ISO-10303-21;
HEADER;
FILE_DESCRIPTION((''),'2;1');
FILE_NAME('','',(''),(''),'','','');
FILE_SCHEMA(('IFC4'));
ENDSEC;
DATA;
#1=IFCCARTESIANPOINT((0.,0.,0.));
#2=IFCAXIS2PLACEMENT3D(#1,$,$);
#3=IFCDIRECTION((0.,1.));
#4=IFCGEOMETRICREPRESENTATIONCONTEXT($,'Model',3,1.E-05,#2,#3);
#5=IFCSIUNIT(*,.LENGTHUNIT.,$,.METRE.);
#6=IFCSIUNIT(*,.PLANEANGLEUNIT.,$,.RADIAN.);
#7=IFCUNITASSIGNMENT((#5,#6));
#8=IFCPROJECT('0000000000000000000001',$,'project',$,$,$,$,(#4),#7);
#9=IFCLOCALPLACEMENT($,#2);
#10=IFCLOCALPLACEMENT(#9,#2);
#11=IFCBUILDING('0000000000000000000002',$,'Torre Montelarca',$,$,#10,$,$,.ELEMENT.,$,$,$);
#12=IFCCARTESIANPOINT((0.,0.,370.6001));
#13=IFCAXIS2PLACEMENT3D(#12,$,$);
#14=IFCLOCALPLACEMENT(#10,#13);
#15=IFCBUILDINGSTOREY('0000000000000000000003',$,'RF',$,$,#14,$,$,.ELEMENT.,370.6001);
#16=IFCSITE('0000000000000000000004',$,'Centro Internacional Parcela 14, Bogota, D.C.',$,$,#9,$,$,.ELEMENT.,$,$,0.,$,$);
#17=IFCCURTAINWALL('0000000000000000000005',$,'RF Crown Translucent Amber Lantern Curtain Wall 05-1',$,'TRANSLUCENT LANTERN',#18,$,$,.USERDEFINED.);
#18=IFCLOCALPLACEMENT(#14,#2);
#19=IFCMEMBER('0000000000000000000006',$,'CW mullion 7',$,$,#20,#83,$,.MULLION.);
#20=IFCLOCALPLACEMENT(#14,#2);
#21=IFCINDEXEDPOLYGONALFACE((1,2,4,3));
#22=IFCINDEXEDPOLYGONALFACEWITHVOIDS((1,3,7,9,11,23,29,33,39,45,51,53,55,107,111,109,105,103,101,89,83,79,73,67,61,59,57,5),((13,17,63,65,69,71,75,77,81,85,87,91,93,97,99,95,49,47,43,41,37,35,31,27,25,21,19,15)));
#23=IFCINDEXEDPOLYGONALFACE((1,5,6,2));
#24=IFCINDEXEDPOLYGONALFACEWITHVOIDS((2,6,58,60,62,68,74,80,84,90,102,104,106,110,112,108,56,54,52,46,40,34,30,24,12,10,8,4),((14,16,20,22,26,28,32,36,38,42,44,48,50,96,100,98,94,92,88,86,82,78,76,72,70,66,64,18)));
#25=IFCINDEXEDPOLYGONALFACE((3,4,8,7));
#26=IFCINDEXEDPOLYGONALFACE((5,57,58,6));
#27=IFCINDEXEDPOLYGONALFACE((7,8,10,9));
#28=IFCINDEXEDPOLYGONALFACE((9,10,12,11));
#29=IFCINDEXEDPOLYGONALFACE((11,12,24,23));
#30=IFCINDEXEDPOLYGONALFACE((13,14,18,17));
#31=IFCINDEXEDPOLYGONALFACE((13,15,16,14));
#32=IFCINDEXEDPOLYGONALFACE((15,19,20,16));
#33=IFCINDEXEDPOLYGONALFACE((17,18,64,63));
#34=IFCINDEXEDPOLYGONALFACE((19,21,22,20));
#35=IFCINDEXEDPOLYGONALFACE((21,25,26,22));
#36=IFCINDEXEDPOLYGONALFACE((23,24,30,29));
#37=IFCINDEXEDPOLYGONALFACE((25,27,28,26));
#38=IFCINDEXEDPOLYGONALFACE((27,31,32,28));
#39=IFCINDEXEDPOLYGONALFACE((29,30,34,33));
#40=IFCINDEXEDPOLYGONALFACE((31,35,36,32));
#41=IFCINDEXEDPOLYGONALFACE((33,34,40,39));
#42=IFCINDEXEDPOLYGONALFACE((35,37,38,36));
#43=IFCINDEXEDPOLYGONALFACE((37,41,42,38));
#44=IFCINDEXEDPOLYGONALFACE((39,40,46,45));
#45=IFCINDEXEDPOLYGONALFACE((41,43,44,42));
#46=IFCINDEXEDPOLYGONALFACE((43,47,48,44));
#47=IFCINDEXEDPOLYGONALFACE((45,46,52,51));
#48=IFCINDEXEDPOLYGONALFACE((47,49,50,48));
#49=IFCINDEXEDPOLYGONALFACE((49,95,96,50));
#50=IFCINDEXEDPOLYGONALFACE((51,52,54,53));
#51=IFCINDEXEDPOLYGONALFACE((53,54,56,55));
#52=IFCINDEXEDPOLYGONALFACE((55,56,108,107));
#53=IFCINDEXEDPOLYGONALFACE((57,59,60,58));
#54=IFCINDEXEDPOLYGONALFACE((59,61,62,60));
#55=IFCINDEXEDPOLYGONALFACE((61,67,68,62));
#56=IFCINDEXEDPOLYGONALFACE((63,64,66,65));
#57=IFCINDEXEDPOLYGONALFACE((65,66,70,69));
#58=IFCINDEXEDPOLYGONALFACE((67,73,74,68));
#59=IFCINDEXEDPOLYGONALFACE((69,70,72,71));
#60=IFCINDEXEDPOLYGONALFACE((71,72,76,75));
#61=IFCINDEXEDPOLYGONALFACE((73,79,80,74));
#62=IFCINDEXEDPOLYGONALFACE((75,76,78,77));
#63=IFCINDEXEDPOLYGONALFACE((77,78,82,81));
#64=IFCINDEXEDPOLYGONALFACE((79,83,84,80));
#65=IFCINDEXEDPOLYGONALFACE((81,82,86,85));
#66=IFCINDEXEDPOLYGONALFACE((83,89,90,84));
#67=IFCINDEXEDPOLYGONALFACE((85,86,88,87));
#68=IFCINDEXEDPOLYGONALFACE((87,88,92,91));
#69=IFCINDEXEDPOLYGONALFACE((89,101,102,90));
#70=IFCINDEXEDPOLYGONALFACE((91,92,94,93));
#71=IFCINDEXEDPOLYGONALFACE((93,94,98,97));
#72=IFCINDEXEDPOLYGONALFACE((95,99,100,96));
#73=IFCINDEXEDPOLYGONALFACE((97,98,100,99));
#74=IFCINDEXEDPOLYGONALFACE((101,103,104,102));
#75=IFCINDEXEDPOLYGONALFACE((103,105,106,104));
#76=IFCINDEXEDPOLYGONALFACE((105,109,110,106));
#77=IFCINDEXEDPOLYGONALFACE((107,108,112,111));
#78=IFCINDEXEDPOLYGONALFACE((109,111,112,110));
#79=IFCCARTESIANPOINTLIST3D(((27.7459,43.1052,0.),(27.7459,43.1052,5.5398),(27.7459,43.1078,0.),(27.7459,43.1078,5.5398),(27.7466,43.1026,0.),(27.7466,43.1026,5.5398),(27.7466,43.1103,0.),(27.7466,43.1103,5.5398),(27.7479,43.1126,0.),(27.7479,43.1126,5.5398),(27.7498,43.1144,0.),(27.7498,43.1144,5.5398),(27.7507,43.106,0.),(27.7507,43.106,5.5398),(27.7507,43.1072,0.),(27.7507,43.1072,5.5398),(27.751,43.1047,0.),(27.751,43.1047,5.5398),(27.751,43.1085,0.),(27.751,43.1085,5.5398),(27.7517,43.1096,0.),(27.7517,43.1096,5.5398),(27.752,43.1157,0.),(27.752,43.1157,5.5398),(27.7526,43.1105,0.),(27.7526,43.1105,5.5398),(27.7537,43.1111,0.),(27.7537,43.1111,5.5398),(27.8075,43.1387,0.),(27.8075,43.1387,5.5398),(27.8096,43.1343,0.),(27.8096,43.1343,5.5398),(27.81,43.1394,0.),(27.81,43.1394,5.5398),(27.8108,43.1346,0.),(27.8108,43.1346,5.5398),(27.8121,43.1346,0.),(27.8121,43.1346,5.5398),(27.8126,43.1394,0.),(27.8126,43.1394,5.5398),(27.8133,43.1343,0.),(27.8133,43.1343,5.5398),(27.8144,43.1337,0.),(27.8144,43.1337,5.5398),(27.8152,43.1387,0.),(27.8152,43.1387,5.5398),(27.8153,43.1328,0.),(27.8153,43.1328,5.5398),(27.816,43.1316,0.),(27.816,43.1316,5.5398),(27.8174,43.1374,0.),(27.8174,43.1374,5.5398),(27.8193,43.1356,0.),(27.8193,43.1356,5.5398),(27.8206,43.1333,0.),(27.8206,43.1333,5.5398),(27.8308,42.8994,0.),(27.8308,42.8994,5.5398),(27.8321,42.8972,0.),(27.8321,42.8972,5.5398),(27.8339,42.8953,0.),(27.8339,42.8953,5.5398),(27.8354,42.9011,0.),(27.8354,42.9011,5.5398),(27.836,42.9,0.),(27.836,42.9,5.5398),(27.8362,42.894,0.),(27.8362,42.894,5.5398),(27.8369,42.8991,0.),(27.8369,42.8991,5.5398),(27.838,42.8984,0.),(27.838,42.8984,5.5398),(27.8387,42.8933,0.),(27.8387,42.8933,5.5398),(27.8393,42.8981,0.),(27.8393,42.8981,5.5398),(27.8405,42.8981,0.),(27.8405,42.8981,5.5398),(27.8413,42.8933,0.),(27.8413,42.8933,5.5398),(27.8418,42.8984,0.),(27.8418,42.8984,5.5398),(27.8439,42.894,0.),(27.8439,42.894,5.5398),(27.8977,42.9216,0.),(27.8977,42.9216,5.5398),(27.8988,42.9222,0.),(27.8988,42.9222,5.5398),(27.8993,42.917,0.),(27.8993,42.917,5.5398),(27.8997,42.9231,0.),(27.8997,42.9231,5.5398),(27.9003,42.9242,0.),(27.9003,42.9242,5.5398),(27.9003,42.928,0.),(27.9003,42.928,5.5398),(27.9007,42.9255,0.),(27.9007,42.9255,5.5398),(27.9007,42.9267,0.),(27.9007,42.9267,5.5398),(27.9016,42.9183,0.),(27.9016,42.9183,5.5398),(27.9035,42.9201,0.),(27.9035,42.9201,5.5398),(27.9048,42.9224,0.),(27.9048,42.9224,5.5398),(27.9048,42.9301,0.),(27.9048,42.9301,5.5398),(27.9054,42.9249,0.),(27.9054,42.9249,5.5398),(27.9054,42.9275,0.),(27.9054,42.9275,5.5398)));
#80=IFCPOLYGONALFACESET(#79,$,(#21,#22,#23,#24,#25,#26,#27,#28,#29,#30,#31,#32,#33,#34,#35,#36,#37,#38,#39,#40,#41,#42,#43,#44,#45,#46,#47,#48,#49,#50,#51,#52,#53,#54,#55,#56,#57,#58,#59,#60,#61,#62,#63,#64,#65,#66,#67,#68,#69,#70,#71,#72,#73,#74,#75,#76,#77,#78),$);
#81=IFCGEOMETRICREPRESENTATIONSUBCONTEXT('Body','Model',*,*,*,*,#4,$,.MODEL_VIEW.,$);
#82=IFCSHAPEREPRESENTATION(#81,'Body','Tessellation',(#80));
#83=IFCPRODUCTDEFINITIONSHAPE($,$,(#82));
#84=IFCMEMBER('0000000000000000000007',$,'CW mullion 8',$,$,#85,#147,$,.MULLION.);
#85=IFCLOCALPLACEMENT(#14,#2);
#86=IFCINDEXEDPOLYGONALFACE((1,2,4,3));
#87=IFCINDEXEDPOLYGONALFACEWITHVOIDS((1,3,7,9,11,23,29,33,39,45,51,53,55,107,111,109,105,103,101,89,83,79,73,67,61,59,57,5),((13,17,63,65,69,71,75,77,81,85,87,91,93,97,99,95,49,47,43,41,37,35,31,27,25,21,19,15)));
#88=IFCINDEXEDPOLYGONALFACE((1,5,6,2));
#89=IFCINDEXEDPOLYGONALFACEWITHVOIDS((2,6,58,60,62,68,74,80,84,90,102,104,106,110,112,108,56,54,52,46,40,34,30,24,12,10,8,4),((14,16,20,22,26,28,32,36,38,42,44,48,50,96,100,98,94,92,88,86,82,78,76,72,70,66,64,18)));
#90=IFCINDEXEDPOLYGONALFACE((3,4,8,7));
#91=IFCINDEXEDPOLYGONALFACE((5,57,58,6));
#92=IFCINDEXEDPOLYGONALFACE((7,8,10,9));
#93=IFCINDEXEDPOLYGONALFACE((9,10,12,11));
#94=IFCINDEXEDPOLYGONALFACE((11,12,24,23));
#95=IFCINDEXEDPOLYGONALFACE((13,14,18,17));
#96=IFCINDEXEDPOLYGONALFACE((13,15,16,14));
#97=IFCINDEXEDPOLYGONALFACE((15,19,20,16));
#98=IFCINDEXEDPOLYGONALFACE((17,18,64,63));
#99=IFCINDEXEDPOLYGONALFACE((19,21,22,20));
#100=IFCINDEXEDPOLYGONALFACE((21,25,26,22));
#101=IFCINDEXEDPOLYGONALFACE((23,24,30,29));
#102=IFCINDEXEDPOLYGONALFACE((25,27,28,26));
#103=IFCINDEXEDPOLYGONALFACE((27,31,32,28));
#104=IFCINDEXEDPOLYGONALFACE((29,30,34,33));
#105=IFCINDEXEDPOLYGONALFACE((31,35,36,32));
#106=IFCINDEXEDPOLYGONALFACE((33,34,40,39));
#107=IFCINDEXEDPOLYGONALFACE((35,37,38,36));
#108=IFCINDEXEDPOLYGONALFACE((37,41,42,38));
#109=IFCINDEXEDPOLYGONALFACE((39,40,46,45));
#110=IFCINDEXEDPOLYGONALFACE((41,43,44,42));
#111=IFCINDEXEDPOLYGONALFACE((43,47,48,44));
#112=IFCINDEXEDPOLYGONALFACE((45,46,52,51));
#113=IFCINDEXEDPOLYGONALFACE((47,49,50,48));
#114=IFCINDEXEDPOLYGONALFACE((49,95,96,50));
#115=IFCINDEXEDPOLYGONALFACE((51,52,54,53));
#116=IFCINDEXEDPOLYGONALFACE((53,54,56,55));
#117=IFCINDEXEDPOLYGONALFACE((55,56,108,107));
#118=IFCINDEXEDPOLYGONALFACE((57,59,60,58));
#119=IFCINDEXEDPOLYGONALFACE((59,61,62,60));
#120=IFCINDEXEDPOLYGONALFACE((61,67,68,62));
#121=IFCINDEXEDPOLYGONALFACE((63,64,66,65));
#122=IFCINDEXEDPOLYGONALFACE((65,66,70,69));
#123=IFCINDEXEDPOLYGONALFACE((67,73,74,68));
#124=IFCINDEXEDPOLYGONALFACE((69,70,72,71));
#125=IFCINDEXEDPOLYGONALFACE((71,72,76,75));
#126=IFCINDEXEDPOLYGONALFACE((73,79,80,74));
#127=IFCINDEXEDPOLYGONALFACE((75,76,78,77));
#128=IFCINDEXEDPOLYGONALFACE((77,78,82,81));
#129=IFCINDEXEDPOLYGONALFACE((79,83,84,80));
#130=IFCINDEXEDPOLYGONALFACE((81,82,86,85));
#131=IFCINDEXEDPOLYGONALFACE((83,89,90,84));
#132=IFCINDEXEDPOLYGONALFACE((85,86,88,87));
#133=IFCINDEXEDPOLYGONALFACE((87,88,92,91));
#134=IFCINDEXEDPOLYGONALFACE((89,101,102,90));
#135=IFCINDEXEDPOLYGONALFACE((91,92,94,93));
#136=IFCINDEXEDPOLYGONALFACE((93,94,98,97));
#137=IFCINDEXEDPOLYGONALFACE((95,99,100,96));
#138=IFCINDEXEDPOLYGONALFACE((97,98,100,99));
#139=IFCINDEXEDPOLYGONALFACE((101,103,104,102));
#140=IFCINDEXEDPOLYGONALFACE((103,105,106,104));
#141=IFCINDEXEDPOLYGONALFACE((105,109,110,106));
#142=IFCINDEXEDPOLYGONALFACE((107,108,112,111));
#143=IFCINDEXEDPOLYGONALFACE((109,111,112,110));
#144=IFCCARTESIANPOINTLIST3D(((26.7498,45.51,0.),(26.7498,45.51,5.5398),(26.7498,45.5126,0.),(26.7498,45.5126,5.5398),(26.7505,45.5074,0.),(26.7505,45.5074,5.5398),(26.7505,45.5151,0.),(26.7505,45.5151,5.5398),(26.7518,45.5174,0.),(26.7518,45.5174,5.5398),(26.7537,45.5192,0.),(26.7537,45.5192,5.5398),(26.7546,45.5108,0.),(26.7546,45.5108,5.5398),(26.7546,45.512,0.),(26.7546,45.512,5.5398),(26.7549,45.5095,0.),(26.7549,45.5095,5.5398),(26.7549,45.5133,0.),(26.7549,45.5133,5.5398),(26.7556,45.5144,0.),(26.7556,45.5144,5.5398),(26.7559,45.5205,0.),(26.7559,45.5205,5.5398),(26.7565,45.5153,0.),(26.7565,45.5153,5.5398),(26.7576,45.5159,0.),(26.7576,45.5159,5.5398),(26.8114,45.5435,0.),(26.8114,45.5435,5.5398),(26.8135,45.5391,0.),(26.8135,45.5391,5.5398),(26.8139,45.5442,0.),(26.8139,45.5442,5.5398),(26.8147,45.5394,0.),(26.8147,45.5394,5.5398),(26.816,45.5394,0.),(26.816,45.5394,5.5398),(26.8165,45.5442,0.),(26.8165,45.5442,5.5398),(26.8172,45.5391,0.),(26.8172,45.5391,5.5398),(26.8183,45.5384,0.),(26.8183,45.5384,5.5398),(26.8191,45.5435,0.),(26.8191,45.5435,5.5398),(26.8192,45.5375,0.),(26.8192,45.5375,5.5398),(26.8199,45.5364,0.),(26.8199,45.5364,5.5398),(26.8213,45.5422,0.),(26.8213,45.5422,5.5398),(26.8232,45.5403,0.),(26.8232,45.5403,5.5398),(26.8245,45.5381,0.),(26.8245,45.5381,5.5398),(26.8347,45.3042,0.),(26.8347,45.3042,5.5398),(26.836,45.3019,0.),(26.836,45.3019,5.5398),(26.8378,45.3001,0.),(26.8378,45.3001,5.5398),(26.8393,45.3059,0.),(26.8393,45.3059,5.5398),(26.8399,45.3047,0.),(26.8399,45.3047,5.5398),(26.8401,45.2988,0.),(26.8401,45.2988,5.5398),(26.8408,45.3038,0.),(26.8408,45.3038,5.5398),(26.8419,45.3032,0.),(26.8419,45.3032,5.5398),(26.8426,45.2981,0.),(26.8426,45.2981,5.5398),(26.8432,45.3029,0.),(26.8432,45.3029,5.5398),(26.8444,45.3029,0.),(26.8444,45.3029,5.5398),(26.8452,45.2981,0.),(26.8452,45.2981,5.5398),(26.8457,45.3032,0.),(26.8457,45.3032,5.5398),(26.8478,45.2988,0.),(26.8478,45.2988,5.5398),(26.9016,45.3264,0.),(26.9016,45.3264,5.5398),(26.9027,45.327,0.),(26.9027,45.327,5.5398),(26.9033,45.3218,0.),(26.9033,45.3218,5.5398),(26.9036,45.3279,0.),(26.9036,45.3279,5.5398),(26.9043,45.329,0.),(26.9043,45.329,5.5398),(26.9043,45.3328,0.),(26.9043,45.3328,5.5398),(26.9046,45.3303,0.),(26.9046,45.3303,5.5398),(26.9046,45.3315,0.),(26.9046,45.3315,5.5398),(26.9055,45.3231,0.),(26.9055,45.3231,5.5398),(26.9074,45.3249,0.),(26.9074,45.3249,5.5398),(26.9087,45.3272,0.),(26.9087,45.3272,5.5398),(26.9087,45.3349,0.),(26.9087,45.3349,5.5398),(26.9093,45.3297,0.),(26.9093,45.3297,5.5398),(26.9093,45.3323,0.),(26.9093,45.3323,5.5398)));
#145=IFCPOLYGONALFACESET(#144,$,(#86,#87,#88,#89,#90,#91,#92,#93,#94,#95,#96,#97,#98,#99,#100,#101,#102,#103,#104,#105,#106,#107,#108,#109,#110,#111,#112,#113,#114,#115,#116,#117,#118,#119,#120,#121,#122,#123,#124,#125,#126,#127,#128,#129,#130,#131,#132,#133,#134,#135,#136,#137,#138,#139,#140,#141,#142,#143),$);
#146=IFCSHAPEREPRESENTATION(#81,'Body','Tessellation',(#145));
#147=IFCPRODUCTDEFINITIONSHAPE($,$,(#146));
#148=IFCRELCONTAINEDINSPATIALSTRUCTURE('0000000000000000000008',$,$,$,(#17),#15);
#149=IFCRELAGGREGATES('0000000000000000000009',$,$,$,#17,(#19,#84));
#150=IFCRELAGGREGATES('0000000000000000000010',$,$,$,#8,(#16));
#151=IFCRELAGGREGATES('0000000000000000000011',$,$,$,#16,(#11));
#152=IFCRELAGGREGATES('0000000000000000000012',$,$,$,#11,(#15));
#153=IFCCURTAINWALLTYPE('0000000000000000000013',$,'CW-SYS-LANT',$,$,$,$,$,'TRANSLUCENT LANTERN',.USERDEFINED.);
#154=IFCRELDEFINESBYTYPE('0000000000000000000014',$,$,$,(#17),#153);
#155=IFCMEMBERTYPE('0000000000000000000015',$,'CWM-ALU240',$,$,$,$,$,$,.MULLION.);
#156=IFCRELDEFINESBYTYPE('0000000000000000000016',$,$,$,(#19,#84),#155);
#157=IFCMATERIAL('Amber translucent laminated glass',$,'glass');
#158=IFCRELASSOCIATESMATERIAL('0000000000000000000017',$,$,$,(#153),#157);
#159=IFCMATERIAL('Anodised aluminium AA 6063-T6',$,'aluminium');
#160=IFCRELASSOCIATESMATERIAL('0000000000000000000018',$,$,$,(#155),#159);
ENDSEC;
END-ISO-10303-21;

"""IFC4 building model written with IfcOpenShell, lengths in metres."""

from ifc_helpers import new_model, si_unit, direction, frame, origin, origin_2d, place, context, subcontext, project, spatial, hollow_rectangle, extrude, source, transform, mapped, material, material_profile, profile_set, type_object, element, aggregate, save


model = new_model("IFC4")

# Units and contexts
model_context = context("Model", 3, precision=1e-05, world=origin(), true_north=direction((0.0, 1.0)))
body_context = subcontext(model_context, "Body", "Model", "MODEL_VIEW")
ifc_project = project(units=[si_unit("LENGTHUNIT", "METRE"), si_unit("PLANEANGLEUNIT", "RADIAN")], contexts=[model_context])

# Site, building, storey
site_placement = place(None, origin())
site = spatial("IfcSite", under=ifc_project, at=site_placement, Name="Centro Internacional Parcela 14, Bogota, D.C.", CompositionType="ELEMENT", RefElevation=0.0)
building_placement = place(site_placement, origin())
building = spatial("IfcBuilding", under=site, at=building_placement, Name="Torre Montelarca", CompositionType="ELEMENT")
storey_placement = place(building_placement, frame((0.0, 0.0, 370.6001)))
storey = spatial("IfcBuildingStorey", under=building, at=storey_placement, Name="RF", CompositionType="ELEMENT", Elevation=370.6001)

# Curtain wall, members
ifc_material_1 = material(Name="Amber translucent laminated glass", Category="glass")
curtain_wall_type = type_object("IfcCurtainWallType", Name="CW-SYS-LANT", ElementType="TRANSLUCENT LANTERN", PredefinedType="USERDEFINED", material=ifc_material_1)
curtain_wall_placement = place(storey_placement, origin())
curtain_wall = element("IfcCurtainWall", 1, at=curtain_wall_placement, inside=storey, type_object=curtain_wall_type, Name="RF Crown Translucent Amber Lantern Curtain Wall 05-1", ObjectType="TRANSLUCENT LANTERN", PredefinedType="USERDEFINED")
ifc_material_2 = material(Name="Anodised aluminium AA 6063-T6", Category="aluminium")
ifc_material_profile_1 = material_profile(ifc_material_2, hollow_rectangle(XDim=0.0801, YDim=0.24, WallThickness=0.0049, InnerFilletRadius=0.0049, OuterFilletRadius=0.01, at=origin_2d()), Name="ALU80X240X5", Category="aluminium")
ifc_profile_set_1 = profile_set([ifc_material_profile_1], Name="Anodised aluminium AA 6063-T6")
member_type_1 = type_object("IfcMemberType", Name="CWM-ALU240", PredefinedType="MULLION", material=ifc_profile_set_1)
shared_shape_1 = source(origin(), body_context, "Body", "SweptSolid", [
    extrude(hollow_rectangle(XDim=0.0801, YDim=0.24, WallThickness=0.0049, InnerFilletRadius=0.0049, OuterFilletRadius=0.01, at=origin_2d()), origin(), (0.0, 0.0, 1.0), 5.5398),
])
member_1_placement = place(storey_placement, frame((27.8257, 43.0164, 0.0), z_axis=(0.0, 0.0, 1.0), x_axis=(-0.923878, -0.382687, 0.0)))
member_1 = element("IfcMember", 2, at=member_1_placement, type_object=member_type_1, Name="CW mullion 7", PredefinedType="MULLION", context=body_context, shape_type="MappedRepresentation", body=[
    mapped(shared_shape_1, transform((0.0, 0.0, 0.0), scale=1.0)),
])
member_2_placement = place(storey_placement, frame((26.8296, 45.4211, 0.0), z_axis=(0.0, 0.0, 1.0), x_axis=(-0.923878, -0.382687, 0.0)))
member_2 = element("IfcMember", 3, at=member_2_placement, type_object=member_type_1, Name="CW mullion 8", PredefinedType="MULLION", context=body_context, shape_type="MappedRepresentation", body=[
    mapped(shared_shape_1, transform((0.0, 0.0, 0.0), scale=1.0)),
])
aggregate(curtain_wall, [member_1, member_2])

save(model, "model.ifc")
